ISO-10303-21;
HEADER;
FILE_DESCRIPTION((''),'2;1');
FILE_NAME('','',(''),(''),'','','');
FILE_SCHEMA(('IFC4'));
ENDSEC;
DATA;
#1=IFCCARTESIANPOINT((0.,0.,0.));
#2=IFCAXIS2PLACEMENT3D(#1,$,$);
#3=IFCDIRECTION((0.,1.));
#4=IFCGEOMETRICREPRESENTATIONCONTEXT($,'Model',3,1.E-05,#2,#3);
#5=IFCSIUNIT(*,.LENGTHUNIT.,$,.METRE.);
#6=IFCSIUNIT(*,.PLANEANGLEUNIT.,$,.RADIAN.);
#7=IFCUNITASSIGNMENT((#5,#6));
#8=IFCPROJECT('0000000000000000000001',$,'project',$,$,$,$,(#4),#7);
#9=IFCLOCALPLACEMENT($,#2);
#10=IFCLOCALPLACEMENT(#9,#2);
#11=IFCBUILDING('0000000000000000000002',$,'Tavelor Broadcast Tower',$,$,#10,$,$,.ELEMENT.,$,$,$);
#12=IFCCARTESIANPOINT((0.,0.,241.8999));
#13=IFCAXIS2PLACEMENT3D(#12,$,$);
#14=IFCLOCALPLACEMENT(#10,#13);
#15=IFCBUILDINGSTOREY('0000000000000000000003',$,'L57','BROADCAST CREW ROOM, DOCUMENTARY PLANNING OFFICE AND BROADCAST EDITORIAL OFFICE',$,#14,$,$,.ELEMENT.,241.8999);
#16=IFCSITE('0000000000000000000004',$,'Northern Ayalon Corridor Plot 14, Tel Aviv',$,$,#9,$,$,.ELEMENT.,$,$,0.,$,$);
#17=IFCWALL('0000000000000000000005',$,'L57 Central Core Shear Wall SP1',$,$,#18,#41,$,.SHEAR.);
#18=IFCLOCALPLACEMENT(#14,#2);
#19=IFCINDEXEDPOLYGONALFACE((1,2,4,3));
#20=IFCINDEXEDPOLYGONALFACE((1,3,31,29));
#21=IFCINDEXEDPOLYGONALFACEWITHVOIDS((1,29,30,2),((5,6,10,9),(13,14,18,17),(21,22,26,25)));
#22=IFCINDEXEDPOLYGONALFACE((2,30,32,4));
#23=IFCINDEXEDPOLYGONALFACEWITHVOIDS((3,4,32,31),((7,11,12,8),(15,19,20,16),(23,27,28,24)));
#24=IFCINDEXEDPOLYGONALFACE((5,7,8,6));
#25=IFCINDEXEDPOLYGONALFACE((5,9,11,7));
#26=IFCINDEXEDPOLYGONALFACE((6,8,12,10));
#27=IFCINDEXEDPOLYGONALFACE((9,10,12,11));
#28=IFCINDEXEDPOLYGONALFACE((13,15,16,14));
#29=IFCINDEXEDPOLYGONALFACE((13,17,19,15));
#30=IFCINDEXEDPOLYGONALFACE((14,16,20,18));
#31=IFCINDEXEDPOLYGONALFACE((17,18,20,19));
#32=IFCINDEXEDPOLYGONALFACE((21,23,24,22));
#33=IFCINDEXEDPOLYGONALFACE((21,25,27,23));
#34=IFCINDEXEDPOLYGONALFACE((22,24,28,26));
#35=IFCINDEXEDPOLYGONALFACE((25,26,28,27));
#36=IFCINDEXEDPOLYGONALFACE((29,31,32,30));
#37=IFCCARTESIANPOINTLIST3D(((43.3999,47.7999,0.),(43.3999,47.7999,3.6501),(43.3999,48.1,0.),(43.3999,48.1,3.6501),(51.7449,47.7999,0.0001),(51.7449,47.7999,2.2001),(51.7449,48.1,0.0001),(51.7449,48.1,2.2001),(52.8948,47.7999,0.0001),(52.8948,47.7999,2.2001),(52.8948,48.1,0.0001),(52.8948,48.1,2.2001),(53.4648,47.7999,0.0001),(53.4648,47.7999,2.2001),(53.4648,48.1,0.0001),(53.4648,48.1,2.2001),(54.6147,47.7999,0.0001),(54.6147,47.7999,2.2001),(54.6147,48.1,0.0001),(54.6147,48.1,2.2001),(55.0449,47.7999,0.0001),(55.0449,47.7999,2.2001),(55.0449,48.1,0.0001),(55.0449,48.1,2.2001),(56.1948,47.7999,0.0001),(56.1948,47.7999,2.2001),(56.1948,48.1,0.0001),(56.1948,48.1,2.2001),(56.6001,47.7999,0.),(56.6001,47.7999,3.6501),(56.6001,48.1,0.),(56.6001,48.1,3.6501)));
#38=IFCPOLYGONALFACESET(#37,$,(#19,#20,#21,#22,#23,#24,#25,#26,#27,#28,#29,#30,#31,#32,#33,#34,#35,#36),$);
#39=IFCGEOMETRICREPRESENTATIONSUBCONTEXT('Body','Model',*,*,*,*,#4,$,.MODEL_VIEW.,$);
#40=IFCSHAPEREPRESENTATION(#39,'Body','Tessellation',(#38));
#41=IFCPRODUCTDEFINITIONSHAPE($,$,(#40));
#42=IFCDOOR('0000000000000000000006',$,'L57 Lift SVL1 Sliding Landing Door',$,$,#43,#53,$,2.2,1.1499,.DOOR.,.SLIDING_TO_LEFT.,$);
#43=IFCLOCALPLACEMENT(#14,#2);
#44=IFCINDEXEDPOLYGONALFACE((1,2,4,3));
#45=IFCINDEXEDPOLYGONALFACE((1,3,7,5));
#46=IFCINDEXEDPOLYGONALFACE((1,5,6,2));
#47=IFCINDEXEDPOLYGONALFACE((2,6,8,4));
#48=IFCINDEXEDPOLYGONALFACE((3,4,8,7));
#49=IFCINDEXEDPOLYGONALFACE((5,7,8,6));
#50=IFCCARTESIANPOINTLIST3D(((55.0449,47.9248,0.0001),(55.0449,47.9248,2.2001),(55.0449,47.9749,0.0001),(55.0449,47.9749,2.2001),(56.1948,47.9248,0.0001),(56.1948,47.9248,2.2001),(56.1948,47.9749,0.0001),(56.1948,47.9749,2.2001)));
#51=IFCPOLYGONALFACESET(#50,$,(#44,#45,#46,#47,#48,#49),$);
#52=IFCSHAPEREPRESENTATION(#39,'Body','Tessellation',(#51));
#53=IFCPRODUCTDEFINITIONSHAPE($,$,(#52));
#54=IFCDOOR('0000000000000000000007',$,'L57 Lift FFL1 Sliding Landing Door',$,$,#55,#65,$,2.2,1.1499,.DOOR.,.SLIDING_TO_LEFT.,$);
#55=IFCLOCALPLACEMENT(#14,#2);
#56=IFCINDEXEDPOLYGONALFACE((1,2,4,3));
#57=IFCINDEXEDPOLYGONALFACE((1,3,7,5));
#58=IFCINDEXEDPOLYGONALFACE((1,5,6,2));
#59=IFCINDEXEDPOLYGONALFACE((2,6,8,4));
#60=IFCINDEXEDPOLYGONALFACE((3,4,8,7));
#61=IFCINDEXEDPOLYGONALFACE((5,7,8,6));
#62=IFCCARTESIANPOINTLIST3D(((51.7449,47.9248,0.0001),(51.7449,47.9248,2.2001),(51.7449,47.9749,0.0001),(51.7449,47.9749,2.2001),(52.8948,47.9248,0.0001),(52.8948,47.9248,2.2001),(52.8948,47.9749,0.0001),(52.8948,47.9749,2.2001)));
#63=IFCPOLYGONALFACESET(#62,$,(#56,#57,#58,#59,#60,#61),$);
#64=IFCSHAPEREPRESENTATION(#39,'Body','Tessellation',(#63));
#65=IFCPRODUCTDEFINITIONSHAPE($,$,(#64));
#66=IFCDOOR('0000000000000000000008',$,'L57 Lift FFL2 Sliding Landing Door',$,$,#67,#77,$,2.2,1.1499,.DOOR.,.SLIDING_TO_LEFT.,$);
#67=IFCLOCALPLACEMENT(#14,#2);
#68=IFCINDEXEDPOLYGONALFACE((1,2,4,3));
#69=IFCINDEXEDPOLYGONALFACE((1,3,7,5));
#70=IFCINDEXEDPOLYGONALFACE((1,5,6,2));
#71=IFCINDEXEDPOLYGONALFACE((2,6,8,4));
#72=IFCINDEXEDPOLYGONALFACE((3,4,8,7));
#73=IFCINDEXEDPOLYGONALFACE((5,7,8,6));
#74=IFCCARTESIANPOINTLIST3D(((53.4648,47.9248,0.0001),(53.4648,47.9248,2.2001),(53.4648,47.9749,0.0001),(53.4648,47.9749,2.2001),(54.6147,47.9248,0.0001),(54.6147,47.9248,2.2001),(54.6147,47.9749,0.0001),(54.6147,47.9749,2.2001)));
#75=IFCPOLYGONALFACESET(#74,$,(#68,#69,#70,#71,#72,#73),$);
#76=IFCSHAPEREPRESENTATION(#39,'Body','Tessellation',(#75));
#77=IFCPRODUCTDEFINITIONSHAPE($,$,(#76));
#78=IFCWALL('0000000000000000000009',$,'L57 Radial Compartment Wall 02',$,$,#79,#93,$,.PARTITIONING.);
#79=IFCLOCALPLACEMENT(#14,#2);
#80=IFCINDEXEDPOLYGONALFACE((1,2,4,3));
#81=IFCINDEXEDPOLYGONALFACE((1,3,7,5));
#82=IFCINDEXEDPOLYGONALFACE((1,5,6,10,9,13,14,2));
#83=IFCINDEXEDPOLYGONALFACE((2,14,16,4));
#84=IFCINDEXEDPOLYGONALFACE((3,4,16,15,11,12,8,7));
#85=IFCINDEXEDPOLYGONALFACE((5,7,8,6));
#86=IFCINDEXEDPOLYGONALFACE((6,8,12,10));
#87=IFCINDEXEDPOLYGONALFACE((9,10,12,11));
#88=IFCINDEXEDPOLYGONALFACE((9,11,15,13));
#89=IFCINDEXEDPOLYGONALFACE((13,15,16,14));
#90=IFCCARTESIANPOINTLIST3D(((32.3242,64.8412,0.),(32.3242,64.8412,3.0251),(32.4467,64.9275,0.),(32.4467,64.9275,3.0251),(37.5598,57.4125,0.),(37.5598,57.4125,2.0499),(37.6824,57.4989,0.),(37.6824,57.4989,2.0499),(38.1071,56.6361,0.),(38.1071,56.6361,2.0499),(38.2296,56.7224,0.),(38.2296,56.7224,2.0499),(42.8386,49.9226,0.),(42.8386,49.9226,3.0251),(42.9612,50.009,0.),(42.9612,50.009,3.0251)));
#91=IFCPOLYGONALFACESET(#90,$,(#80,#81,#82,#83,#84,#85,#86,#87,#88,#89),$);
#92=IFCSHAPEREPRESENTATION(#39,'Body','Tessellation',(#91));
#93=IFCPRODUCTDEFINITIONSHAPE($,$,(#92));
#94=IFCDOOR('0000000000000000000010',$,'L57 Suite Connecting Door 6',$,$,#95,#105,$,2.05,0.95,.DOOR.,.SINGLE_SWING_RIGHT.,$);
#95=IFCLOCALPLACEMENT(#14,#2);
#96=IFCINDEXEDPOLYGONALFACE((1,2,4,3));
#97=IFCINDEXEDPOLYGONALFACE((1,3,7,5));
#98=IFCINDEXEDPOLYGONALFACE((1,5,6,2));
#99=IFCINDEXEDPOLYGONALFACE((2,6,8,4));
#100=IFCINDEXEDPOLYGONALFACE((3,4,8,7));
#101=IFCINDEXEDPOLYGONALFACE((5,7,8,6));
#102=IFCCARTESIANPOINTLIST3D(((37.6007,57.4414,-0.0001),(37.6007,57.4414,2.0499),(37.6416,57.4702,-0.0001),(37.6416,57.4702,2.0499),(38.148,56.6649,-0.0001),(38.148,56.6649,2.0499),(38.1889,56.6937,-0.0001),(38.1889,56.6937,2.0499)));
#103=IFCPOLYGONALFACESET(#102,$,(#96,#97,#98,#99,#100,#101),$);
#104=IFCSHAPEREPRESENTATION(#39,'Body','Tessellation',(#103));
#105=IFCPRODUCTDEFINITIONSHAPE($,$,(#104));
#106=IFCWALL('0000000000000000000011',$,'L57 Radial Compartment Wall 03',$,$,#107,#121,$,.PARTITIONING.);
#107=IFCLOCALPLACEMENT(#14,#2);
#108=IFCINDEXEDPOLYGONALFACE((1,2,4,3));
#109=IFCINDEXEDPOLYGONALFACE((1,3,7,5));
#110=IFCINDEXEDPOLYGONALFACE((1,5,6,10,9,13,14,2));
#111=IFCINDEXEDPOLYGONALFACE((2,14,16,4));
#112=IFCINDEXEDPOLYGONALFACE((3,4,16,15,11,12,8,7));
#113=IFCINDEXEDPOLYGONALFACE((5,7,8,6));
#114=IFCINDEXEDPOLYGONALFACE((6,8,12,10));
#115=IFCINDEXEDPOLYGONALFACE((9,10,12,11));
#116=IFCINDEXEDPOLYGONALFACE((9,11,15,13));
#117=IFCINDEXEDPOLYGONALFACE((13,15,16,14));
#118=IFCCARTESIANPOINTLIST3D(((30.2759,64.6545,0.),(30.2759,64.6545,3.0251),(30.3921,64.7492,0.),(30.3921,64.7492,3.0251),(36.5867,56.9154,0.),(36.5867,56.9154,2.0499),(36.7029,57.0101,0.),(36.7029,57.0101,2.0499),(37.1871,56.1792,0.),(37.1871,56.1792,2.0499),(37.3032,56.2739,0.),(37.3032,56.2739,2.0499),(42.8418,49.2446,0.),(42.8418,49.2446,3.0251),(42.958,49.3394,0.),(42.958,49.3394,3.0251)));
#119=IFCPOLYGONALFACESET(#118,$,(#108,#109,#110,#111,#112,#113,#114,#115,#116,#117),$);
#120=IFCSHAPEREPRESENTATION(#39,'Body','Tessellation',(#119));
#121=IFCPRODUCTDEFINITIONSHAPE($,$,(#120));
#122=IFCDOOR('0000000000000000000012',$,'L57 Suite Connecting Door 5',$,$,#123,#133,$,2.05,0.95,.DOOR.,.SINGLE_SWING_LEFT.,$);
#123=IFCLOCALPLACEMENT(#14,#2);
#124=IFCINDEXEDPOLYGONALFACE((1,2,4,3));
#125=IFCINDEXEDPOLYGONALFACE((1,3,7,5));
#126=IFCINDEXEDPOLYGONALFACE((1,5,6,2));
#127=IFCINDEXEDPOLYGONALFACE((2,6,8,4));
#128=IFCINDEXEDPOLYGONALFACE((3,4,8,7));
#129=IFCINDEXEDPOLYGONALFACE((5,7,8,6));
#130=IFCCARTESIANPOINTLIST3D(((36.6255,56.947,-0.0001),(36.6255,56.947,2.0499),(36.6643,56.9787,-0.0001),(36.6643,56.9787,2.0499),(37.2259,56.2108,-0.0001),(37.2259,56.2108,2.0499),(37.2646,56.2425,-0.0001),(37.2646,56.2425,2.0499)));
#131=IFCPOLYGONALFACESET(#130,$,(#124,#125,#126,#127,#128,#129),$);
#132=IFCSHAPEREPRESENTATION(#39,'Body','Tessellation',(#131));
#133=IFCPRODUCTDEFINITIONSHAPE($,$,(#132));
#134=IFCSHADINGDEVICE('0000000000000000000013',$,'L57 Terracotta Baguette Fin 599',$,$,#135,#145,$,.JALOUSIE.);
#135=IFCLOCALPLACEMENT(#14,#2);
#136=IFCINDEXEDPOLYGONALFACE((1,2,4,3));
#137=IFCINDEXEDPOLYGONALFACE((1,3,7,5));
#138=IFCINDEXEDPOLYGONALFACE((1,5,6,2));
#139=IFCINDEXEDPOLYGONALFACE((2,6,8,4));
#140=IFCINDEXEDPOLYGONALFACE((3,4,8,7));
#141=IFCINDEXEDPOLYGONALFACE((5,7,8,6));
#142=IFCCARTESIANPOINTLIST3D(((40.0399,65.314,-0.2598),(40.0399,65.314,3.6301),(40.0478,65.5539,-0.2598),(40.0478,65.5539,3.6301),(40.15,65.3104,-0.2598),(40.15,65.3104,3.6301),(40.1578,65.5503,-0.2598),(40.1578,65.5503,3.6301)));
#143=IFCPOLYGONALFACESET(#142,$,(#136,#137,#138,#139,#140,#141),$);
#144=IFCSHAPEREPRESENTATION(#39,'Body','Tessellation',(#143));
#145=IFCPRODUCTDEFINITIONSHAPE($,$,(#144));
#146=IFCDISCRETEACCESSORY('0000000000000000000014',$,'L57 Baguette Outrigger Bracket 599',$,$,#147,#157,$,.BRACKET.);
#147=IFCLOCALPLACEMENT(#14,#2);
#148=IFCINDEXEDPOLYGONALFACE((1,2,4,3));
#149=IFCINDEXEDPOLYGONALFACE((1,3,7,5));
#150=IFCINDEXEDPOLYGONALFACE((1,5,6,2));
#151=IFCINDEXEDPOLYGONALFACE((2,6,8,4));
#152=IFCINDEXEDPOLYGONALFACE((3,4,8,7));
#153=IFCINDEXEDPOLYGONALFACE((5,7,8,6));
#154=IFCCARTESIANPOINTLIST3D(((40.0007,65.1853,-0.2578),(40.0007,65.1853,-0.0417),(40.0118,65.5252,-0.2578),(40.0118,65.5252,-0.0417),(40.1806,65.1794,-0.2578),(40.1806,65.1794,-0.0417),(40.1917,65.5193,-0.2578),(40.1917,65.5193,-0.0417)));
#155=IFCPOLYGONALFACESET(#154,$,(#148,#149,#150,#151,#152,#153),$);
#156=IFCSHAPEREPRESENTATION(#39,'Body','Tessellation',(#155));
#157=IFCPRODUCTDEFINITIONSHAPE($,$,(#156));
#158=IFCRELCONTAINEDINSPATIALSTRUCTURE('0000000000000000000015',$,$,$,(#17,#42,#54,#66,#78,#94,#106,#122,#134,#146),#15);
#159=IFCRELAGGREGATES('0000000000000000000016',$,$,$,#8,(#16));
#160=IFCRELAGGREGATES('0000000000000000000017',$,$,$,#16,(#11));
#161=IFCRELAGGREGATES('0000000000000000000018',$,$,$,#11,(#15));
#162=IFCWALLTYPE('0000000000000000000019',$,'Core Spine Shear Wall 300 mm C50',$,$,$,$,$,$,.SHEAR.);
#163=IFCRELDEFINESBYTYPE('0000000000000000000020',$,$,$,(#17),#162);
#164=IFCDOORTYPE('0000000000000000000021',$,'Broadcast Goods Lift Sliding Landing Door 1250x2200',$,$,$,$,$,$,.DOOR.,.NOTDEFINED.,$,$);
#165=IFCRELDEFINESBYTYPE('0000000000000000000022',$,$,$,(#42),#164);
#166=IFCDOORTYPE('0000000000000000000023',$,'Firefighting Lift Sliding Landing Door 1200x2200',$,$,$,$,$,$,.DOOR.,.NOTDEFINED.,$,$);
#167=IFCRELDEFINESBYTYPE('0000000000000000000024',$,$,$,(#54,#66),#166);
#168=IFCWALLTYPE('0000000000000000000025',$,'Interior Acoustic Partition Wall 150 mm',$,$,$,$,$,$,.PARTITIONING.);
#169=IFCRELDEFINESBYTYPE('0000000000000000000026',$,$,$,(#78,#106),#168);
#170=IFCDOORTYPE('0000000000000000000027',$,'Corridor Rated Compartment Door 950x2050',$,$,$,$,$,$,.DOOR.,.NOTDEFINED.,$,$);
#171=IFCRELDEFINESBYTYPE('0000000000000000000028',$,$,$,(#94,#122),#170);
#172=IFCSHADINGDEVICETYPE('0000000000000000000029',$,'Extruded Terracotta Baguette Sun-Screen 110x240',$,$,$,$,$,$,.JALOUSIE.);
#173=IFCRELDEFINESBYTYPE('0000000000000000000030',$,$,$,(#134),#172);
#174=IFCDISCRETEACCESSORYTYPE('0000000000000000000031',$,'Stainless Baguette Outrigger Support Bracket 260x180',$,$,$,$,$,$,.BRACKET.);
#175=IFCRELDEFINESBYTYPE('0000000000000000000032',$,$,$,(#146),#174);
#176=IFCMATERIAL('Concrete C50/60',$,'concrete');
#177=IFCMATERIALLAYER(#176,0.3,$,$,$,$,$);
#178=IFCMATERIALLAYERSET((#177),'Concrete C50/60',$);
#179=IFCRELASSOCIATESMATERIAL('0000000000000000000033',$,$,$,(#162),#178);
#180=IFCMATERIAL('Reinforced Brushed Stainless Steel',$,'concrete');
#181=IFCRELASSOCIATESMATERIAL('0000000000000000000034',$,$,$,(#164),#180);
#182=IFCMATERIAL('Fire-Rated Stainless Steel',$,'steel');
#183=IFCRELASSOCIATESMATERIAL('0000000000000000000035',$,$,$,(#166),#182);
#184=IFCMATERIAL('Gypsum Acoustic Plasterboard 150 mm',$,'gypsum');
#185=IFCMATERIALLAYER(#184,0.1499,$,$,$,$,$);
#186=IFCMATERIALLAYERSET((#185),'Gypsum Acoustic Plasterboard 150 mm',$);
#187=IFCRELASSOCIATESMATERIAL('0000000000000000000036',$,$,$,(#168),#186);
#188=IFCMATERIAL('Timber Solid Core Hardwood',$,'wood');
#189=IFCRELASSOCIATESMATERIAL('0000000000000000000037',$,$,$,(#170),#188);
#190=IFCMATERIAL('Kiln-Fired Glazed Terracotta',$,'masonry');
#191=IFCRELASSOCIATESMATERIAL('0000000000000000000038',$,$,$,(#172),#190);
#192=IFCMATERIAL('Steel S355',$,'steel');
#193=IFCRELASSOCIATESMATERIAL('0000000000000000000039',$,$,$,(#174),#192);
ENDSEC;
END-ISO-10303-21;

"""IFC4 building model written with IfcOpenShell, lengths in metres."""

from ifc_helpers import new_model, si_unit, direction, frame, frame_2d, origin, origin_2d, place, context, subcontext, project, spatial, rectangle, extrude, source, transform, mapped, material, layer, layer_set, type_object, type_shapes, element, fill, save


model = new_model("IFC4")

# Units and contexts
model_context = context("Model", 3, precision=1e-05, world=origin(), true_north=direction((0.0, 1.0)))
body_context = subcontext(model_context, "Body", "Model", "MODEL_VIEW")
ifc_project = project(units=[si_unit("LENGTHUNIT", "METRE"), si_unit("PLANEANGLEUNIT", "RADIAN")], contexts=[model_context])

# Site, building, storey
site_placement = place(None, origin())
site = spatial("IfcSite", under=ifc_project, at=site_placement, Name="Northern Ayalon Corridor Plot 14, Tel Aviv", CompositionType="ELEMENT", RefElevation=0.0)
building_placement = place(site_placement, origin())
building = spatial("IfcBuilding", under=site, at=building_placement, Name="Tavelor Broadcast Tower", CompositionType="ELEMENT")
storey_placement = place(building_placement, frame((0.0, 0.0, 241.8999)))
storey = spatial("IfcBuildingStorey", under=building, at=storey_placement, Name="L57", Description="BROADCAST CREW ROOM, DOCUMENTARY PLANNING OFFICE AND BROADCAST EDITORIAL OFFICE", CompositionType="ELEMENT", Elevation=241.8999)

# Shared definitions
ifc_material_1 = material(Name="Concrete C50/60", Category="concrete")

# Shared definitions
ifc_material_2 = material(Name="Steel S355", Category="steel")

# Wall, openings, doors
ifc_layer_1 = layer(ifc_material_1, 0.3)
ifc_layer_set_1 = layer_set([ifc_layer_1], Name="Concrete C50/60")
wall_type_1 = type_object("IfcWallType", Name="Core Spine Shear Wall 300 mm C50", PredefinedType="SHEAR", material=ifc_layer_set_1)
wall_1_placement = place(storey_placement, frame((43.3999, 47.95, 0.0), z_axis=(0.0, 0.0, 1.0), x_axis=(1.0, 0.0, 0.0)))
wall_1 = element("IfcWall", 1, at=wall_1_placement, inside=storey, type_object=wall_type_1, Name="L57 Central Core Shear Wall SP1", PredefinedType="SHEAR", context=body_context, shape_type="SweptSolid", body=[
    extrude(rectangle(XDim=13.2002, YDim=0.3, at=frame_2d((6.6001, 0.0))), origin(), (0.0, 0.0, 1.0), 3.6501),
])
opening_1_placement = place(wall_1_placement, frame((8.345, 0.0, 0.0)))
opening_1 = element("IfcOpeningElement", 2, at=opening_1_placement, cuts=wall_1, PredefinedType="OPENING", context=body_context, shape_type="SweptSolid", body=[
    extrude(rectangle(XDim=1.1499, YDim=2.2, at=frame_2d((0.575, 1.1001))), frame((0.0, 0.1602, 0.0), z_axis=(0.0, -1.0, 0.0), x_axis=(1.0, 0.0, 0.0)), (0.0, 0.0, 1.0), 0.3201),
])
opening_2_placement = place(wall_1_placement, frame((10.0649, 0.0, 0.0)))
opening_2 = element("IfcOpeningElement", 3, at=opening_2_placement, cuts=wall_1, PredefinedType="OPENING", context=body_context, shape_type="SweptSolid", body=[
    extrude(rectangle(XDim=1.1499, YDim=2.2, at=frame_2d((0.575, 1.1001))), frame((0.0, 0.1602, 0.0), z_axis=(0.0, -1.0, 0.0), x_axis=(1.0, 0.0, 0.0)), (0.0, 0.0, 1.0), 0.3201),
])
opening_3_placement = place(wall_1_placement, frame((11.645, 0.0, 0.0)))
opening_3 = element("IfcOpeningElement", 4, at=opening_3_placement, cuts=wall_1, PredefinedType="OPENING", context=body_context, shape_type="SweptSolid", body=[
    extrude(rectangle(XDim=1.1499, YDim=2.2, at=frame_2d((0.575, 1.1001))), frame((0.0, 0.1602, 0.0), z_axis=(0.0, -1.0, 0.0), x_axis=(1.0, 0.0, 0.0)), (0.0, 0.0, 1.0), 0.3201),
])
ifc_material_3 = material(Name="Reinforced Brushed Stainless Steel", Category="concrete")
door_type_1 = type_object("IfcDoorType", Name="Broadcast Goods Lift Sliding Landing Door 1250x2200", OperationType="NOTDEFINED", PredefinedType="DOOR", material=ifc_material_3)
door_1_placement = place(opening_3_placement, origin())
door_1 = element("IfcDoor", 5, at=door_1_placement, inside=storey, type_object=door_type_1, Name="L57 Lift SVL1 Sliding Landing Door", OperationType="SLIDING_TO_LEFT", OverallHeight=2.2, OverallWidth=1.1499, PredefinedType="DOOR", context=body_context, shape_type="SweptSolid", body=[
    extrude(rectangle(XDim=1.1499, YDim=2.2, at=frame_2d((0.575, 1.1001))), frame((0.0, 0.0249, 0.0), z_axis=(0.0, -1.0, 0.0), x_axis=(1.0, 0.0, 0.0)), (0.0, 0.0, 1.0), 0.05),
])
fill(opening_3, door_1)
ifc_material_4 = material(Name="Fire-Rated Stainless Steel", Category="steel")
door_type_2 = type_object("IfcDoorType", Name="Firefighting Lift Sliding Landing Door 1200x2200", OperationType="NOTDEFINED", PredefinedType="DOOR", material=ifc_material_4)
door_2_placement = place(opening_1_placement, origin())
door_2 = element("IfcDoor", 6, at=door_2_placement, inside=storey, type_object=door_type_2, Name="L57 Lift FFL1 Sliding Landing Door", OperationType="SLIDING_TO_LEFT", OverallHeight=2.2, OverallWidth=1.1499, PredefinedType="DOOR", context=body_context, shape_type="SweptSolid", body=[
    extrude(rectangle(XDim=1.1499, YDim=2.2, at=frame_2d((0.575, 1.1001))), frame((0.0, 0.0249, 0.0), z_axis=(0.0, -1.0, 0.0), x_axis=(1.0, 0.0, 0.0)), (0.0, 0.0, 1.0), 0.05),
])
fill(opening_1, door_2)
door_3_placement = place(opening_2_placement, origin())
door_3 = element("IfcDoor", 7, at=door_3_placement, inside=storey, type_object=door_type_2, Name="L57 Lift FFL2 Sliding Landing Door", OperationType="SLIDING_TO_LEFT", OverallHeight=2.2, OverallWidth=1.1499, PredefinedType="DOOR", context=body_context, shape_type="SweptSolid", body=[
    extrude(rectangle(XDim=1.1499, YDim=2.2, at=frame_2d((0.575, 1.1001))), frame((0.0, 0.0249, 0.0), z_axis=(0.0, -1.0, 0.0), x_axis=(1.0, 0.0, 0.0)), (0.0, 0.0, 1.0), 0.05),
])
fill(opening_2, door_3)

# Walls, openings, doors
ifc_material_5 = material(Name="Gypsum Acoustic Plasterboard 150 mm", Category="gypsum")
ifc_layer_2 = layer(ifc_material_5, 0.1499)
ifc_layer_set_2 = layer_set([ifc_layer_2], Name="Gypsum Acoustic Plasterboard 150 mm")
wall_type_2 = type_object("IfcWallType", Name="Interior Acoustic Partition Wall 150 mm", PredefinedType="PARTITIONING", material=ifc_layer_set_2)
wall_2_placement = place(storey_placement, frame((42.8999, 49.9658, 0.0), z_axis=(0.0, 0.0, 1.0), x_axis=(-0.576088, 0.817388, 0.0)))
wall_2 = element("IfcWall", 8, at=wall_2_placement, inside=storey, type_object=wall_type_2, Name="L57 Radial Compartment Wall 02", PredefinedType="PARTITIONING", context=body_context, shape_type="SweptSolid", body=[
    extrude(rectangle(XDim=18.2515, YDim=0.1499, at=frame_2d((9.1257, 0.0))), origin(), (0.0, 0.0, 1.0), 3.0251),
])
opening_4_placement = place(wall_2_placement, frame((8.2131, 0.0, 0.0)))
opening_4 = element("IfcOpeningElement", 9, at=opening_4_placement, cuts=wall_2, PredefinedType="OPENING", context=body_context, shape_type="SweptSolid", body=[
    extrude(rectangle(XDim=0.95, YDim=2.05, at=frame_2d((0.4751, 1.0249))), frame((0.0, 0.085, 0.0), z_axis=(0.0, -1.0, 0.0), x_axis=(1.0, 0.0, 0.0)), (0.0, 0.0, 1.0), 0.1699),
])
ifc_material_6 = material(Name="Timber Solid Core Hardwood", Category="wood")
door_type_3 = type_object("IfcDoorType", Name="Corridor Rated Compartment Door 950x2050", OperationType="NOTDEFINED", PredefinedType="DOOR", material=ifc_material_6)
door_4_placement = place(opening_4_placement, origin())
door_4 = element("IfcDoor", 10, at=door_4_placement, inside=storey, type_object=door_type_3, Name="L57 Suite Connecting Door 6", OperationType="SINGLE_SWING_RIGHT", OverallHeight=2.05, OverallWidth=0.95, PredefinedType="DOOR", context=body_context, shape_type="SweptSolid", body=[
    extrude(rectangle(XDim=0.95, YDim=2.05, at=frame_2d((0.4751, 1.0249))), frame((0.0, 0.0249, 0.0), z_axis=(0.0, -1.0, 0.0), x_axis=(1.0, 0.0, 0.0)), (0.0, 0.0, 1.0), 0.05),
])
fill(opening_4, door_4)
wall_3_placement = place(storey_placement, frame((42.8999, 49.292, 0.0), z_axis=(0.0, 0.0, 1.0), x_axis=(-0.631966, 0.774996, 0.0)))
wall_3 = element("IfcWall", 11, at=wall_3_placement, inside=storey, type_object=wall_type_2, Name="L57 Radial Compartment Wall 03", PredefinedType="PARTITIONING", context=body_context, shape_type="SweptSolid", body=[
    extrude(rectangle(XDim=19.8838, YDim=0.1499, at=frame_2d((9.9419, 0.0))), origin(), (0.0, 0.0, 1.0), 3.0251),
])
opening_5_placement = place(wall_3_placement, frame((8.9478, 0.0, 0.0)))
opening_5 = element("IfcOpeningElement", 12, at=opening_5_placement, cuts=wall_3, PredefinedType="OPENING", context=body_context, shape_type="SweptSolid", body=[
    extrude(rectangle(XDim=0.95, YDim=2.05, at=frame_2d((0.4751, 1.0249))), frame((0.0, 0.085, 0.0), z_axis=(0.0, -1.0, 0.0), x_axis=(1.0, 0.0, 0.0)), (0.0, 0.0, 1.0), 0.1699),
])
door_5_placement = place(opening_5_placement, origin())
door_5 = element("IfcDoor", 13, at=door_5_placement, inside=storey, type_object=door_type_3, Name="L57 Suite Connecting Door 5", OperationType="SINGLE_SWING_LEFT", OverallHeight=2.05, OverallWidth=0.95, PredefinedType="DOOR", context=body_context, shape_type="SweptSolid", body=[
    extrude(rectangle(XDim=0.95, YDim=2.05, at=frame_2d((0.4751, 1.0249))), frame((0.0, 0.0249, 0.0), z_axis=(0.0, -1.0, 0.0), x_axis=(1.0, 0.0, 0.0)), (0.0, 0.0, 1.0), 0.05),
])
fill(opening_5, door_5)

# Shading device
ifc_material_7 = material(Name="Kiln-Fired Glazed Terracotta", Category="masonry")
shading_device_type = type_object("IfcShadingDeviceType", Name="Extruded Terracotta Baguette Sun-Screen 110x240", PredefinedType="JALOUSIE", material=ifc_material_7)
shared_shape_1 = source(origin(), body_context, "Body", "SweptSolid", [
    extrude(rectangle(XDim=0.1101, YDim=0.24, at=origin_2d()), origin(), (0.0, 0.0, 1.0), 3.8899),
])
type_shapes(shading_device_type, [shared_shape_1])
shading_device_placement = place(storey_placement, frame((40.0989, 65.4321, -0.2598), z_axis=(0.0, 0.0, 1.0), x_axis=(-0.999467, 0.032632, 0.0)))
element("IfcShadingDevice", 14, at=shading_device_placement, inside=storey, type_object=shading_device_type, Name="L57 Terracotta Baguette Fin 599", PredefinedType="JALOUSIE", context=body_context, shape_type="MappedRepresentation", body=[
    mapped(shared_shape_1, transform((0.0, 0.0, 0.0), scale=1.0)),
])

# Discrete accessory
discrete_accessory_type = type_object("IfcDiscreteAccessoryType", Name="Stainless Baguette Outrigger Support Bracket 260x180", PredefinedType="BRACKET", material=ifc_material_2)
shared_shape_2 = source(origin(), body_context, "Body", "SweptSolid", [
    extrude(rectangle(XDim=0.1799, YDim=0.3401, at=origin_2d()), origin(), (0.0, 0.0, 1.0), 0.2161),
])
type_shapes(discrete_accessory_type, [shared_shape_2])
discrete_accessory_placement = place(storey_placement, frame((40.0962, 65.3523, -0.2578), z_axis=(0.0, 0.0, 1.0), x_axis=(-0.999467, 0.032632, 0.0)))
element("IfcDiscreteAccessory", 15, at=discrete_accessory_placement, inside=storey, type_object=discrete_accessory_type, Name="L57 Baguette Outrigger Bracket 599", PredefinedType="BRACKET", context=body_context, shape_type="MappedRepresentation", body=[
    mapped(shared_shape_2, transform((0.0, 0.0, 0.0), scale=1.0)),
])

save(model, "model.ifc")
